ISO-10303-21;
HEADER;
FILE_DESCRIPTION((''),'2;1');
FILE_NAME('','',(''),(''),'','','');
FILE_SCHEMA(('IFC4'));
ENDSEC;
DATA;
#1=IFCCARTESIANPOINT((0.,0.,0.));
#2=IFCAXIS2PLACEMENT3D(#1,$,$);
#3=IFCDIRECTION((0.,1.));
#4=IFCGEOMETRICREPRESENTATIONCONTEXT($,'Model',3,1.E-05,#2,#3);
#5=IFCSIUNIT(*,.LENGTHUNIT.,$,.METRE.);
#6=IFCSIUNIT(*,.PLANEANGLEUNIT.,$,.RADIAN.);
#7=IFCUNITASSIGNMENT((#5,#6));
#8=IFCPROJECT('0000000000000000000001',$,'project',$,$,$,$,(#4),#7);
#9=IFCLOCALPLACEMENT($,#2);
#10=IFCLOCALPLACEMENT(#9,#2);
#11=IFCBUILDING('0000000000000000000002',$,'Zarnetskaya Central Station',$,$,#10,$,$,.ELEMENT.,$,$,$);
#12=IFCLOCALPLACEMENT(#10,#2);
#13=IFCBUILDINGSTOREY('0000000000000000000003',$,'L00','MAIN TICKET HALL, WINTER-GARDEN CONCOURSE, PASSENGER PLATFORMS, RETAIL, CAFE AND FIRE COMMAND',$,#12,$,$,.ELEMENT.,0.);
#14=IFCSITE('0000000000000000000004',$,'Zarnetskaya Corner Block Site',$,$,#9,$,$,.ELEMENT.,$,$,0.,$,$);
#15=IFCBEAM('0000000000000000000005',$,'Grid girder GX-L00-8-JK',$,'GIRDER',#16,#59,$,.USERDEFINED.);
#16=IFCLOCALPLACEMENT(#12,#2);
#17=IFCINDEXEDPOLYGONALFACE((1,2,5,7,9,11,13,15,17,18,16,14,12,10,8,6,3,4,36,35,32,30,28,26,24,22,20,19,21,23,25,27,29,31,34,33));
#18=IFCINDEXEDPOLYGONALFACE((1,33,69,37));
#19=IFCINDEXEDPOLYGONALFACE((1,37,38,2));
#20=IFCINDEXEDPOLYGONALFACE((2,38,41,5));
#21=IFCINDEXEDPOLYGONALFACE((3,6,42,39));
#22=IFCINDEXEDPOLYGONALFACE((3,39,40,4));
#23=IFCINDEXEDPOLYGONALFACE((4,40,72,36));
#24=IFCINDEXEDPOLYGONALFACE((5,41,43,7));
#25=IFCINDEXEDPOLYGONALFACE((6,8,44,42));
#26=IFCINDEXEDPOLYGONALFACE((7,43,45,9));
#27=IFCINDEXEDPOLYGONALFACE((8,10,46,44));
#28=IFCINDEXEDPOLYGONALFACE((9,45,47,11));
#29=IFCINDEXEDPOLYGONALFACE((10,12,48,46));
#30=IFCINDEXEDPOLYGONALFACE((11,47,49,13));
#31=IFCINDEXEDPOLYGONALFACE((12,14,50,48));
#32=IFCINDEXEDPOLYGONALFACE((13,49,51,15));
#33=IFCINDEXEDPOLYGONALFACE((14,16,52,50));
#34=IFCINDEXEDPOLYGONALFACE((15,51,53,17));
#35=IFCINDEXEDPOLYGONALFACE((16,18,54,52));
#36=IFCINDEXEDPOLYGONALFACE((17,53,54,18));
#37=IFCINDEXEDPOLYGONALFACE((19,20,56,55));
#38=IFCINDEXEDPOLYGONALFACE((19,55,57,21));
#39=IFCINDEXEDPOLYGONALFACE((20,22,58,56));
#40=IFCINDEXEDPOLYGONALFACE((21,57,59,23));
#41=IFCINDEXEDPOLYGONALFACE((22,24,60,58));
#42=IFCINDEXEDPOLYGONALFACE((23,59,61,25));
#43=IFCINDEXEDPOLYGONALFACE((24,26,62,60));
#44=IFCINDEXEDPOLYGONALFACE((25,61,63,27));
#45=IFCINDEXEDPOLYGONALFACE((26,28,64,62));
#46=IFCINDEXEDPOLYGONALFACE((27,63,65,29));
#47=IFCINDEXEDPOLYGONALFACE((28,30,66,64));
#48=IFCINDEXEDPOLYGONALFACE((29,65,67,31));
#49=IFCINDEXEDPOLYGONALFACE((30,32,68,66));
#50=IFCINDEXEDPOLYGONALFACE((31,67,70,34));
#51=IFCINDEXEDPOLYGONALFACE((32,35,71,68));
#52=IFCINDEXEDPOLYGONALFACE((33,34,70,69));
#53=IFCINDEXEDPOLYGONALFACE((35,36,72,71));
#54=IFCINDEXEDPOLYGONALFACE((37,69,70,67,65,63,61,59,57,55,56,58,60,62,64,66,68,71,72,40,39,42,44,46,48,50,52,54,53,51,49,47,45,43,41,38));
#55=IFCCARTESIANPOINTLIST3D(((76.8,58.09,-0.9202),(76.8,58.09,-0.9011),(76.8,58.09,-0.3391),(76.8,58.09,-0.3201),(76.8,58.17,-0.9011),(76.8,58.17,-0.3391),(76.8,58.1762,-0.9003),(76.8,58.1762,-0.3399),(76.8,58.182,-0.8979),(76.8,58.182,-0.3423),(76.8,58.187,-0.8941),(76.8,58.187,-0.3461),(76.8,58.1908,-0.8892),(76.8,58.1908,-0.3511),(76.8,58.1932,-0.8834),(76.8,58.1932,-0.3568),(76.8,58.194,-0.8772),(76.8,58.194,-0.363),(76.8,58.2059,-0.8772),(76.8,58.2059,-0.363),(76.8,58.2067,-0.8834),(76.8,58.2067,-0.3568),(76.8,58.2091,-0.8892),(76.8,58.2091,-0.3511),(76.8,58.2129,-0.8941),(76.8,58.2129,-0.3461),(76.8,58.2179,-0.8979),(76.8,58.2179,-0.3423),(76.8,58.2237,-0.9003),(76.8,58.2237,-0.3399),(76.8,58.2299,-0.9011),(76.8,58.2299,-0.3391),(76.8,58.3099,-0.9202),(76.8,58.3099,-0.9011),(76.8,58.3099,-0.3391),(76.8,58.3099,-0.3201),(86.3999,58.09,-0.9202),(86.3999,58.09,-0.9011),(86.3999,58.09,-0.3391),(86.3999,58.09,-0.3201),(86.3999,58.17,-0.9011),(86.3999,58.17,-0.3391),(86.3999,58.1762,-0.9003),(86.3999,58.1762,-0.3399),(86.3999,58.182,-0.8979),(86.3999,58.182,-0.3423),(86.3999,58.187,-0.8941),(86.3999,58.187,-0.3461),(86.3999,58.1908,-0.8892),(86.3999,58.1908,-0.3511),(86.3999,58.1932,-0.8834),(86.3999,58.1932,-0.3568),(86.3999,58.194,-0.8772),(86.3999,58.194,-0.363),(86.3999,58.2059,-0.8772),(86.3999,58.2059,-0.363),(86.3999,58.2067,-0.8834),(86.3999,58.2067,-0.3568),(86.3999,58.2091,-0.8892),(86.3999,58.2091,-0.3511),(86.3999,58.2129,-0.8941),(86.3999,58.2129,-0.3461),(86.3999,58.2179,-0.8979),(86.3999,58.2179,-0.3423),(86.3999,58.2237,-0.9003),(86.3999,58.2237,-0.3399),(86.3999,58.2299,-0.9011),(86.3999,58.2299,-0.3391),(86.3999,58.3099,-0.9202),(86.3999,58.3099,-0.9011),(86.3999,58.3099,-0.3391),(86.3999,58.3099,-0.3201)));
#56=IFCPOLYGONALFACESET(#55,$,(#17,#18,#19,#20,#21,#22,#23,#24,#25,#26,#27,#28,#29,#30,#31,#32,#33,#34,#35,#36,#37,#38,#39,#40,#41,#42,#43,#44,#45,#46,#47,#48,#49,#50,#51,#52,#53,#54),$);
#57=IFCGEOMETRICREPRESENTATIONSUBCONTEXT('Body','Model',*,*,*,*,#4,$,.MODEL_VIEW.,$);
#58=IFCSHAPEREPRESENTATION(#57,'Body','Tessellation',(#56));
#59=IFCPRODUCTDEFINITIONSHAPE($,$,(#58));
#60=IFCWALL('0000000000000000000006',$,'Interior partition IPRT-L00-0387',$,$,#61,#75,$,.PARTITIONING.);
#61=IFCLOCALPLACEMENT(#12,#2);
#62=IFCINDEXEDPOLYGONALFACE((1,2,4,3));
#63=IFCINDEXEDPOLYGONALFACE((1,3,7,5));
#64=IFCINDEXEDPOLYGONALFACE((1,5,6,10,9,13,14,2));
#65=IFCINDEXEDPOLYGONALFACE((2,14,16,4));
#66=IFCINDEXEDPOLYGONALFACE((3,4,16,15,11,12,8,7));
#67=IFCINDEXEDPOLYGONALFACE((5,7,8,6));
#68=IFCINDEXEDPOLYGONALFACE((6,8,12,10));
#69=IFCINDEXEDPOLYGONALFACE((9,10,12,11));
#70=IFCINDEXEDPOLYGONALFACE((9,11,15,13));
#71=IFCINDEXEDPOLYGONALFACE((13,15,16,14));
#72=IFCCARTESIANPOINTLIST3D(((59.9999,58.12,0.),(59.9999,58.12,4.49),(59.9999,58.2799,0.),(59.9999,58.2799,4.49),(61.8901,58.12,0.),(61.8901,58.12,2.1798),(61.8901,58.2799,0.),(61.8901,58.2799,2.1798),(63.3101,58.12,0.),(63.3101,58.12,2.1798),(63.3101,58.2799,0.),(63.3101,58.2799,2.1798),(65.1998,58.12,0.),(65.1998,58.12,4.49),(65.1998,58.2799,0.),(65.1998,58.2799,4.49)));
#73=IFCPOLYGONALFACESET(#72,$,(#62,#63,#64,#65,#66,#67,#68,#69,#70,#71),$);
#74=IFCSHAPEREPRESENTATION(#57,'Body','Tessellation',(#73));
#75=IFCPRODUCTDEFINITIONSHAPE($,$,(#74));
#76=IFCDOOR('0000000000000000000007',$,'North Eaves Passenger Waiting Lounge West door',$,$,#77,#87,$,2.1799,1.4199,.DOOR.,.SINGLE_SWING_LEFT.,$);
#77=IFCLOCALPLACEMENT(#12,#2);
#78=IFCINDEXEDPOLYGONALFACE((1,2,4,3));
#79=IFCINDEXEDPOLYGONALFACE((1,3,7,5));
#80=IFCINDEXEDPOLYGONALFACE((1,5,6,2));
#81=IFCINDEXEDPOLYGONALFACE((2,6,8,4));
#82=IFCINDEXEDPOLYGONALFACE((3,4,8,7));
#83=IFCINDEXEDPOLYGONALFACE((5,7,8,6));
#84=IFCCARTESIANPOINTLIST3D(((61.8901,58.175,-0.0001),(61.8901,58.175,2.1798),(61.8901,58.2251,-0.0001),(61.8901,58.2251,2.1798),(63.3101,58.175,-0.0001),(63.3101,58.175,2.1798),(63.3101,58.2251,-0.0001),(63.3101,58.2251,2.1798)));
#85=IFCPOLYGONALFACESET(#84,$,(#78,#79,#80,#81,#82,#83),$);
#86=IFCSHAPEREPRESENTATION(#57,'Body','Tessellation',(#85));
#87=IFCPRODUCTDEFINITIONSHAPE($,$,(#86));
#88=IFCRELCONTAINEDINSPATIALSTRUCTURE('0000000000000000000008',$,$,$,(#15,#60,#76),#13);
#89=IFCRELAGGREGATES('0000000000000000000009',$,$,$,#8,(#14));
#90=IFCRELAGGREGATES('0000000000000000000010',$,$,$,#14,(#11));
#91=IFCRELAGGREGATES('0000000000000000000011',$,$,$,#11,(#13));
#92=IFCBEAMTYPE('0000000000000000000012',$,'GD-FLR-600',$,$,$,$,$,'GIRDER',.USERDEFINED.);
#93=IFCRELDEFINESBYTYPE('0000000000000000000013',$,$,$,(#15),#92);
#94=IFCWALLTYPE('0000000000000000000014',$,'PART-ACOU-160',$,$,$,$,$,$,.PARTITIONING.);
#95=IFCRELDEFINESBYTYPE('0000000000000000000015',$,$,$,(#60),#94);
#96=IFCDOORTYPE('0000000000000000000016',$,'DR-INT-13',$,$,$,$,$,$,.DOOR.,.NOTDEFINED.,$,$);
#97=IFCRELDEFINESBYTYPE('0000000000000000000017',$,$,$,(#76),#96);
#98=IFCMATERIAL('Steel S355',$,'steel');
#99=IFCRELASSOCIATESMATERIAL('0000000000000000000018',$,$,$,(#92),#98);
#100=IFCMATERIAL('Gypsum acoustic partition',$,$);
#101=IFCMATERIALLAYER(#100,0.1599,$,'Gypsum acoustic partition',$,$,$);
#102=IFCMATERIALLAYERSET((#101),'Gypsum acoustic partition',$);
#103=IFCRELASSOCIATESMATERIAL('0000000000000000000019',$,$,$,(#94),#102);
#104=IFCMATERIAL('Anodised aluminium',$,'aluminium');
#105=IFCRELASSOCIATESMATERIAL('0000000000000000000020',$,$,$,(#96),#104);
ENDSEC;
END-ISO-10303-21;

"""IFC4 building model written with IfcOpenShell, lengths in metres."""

from ifc_helpers import new_model, si_unit, direction, frame, frame_2d, origin, origin_2d, place, context, subcontext, project, spatial, rectangle, i_section, extrude, material, layer, layer_set, material_profile, profile_set, type_object, element, fill, save


model = new_model("IFC4")

# Units and contexts
model_context = context("Model", 3, precision=1e-05, world=origin(), true_north=direction((0.0, 1.0)))
body_context = subcontext(model_context, "Body", "Model", "MODEL_VIEW")
ifc_project = project(units=[si_unit("LENGTHUNIT", "METRE"), si_unit("PLANEANGLEUNIT", "RADIAN")], contexts=[model_context])

# Site, building, storey
site_placement = place(None, origin())
site = spatial("IfcSite", under=ifc_project, at=site_placement, Name="Zarnetskaya Corner Block Site", CompositionType="ELEMENT", RefElevation=0.0)
building_placement = place(site_placement, origin())
building = spatial("IfcBuilding", under=site, at=building_placement, Name="Zarnetskaya Central Station", CompositionType="ELEMENT")
storey_placement = place(building_placement, origin())
storey = spatial("IfcBuildingStorey", under=building, at=storey_placement, Name="L00", Description="MAIN TICKET HALL, WINTER-GARDEN CONCOURSE, PASSENGER PLATFORMS, RETAIL, CAFE AND FIRE COMMAND", CompositionType="ELEMENT", Elevation=0.0)

# Shared definitions
ifc_material_1 = material(Name="Steel S355", Category="steel")

# Beam
ifc_material_profile_1 = material_profile(ifc_material_1, i_section(OverallWidth=0.22, OverallDepth=0.6001, WebThickness=0.012, FlangeThickness=0.019, FilletRadius=0.0239, at=origin_2d()), Name="IPE 600")
ifc_profile_set_1 = profile_set([ifc_material_profile_1], Name="Steel S355")
beam_type_1 = type_object("IfcBeamType", Name="GD-FLR-600", ElementType="GIRDER", PredefinedType="USERDEFINED", material=ifc_profile_set_1)
for number, where, z_axis, x_axis, name in (
    (1, (76.8, 58.2, -0.6201), (1.0, 0.0, 0.0), (0.0, 1.0, 0.0), "Grid girder GX-L00-8-JK"),
):
    element("IfcBeam", number, at=place(storey_placement, frame(where, z_axis=z_axis, x_axis=x_axis)), inside=storey, type_object=beam_type_1, Name=name, ObjectType="GIRDER", PredefinedType="USERDEFINED", context=body_context, shape_type="SweptSolid", body=[
        extrude(i_section(OverallWidth=0.22, OverallDepth=0.6001, WebThickness=0.012, FlangeThickness=0.019, FilletRadius=0.0239, at=origin_2d()), origin(), (0.0, 0.0, 1.0), 9.5999),
    ])

# Wall, opening, door
ifc_material_2 = material(Name="Gypsum acoustic partition")
ifc_layer_1 = layer(ifc_material_2, 0.1599, Name="Gypsum acoustic partition")
ifc_layer_set_1 = layer_set([ifc_layer_1], Name="Gypsum acoustic partition")
wall_type_1 = type_object("IfcWallType", Name="PART-ACOU-160", PredefinedType="PARTITIONING", material=ifc_layer_set_1)
wall_1_placement = place(storey_placement, frame((65.2, 58.2, 0.0), z_axis=(0.0, 0.0, 1.0), x_axis=(-1.0, 0.0, 0.0)))
wall_1 = element("IfcWall", 2, at=wall_1_placement, inside=storey, type_object=wall_type_1, Name="Interior partition IPRT-L00-0387", PredefinedType="PARTITIONING", context=body_context, shape_type="SweptSolid", body=[
    extrude(rectangle(XDim=5.2, YDim=0.1599, at=frame_2d((2.6001, 0.0))), origin(), (0.0, 0.0, 1.0), 4.49),
])
opening_1_placement = place(wall_1_placement, frame((1.8899, 0.0, 0.0)))
opening_1 = element("IfcOpeningElement", 3, at=opening_1_placement, cuts=wall_1, PredefinedType="OPENING", context=body_context, shape_type="SweptSolid", body=[
    extrude(rectangle(XDim=1.4199, YDim=2.1799, at=frame_2d((0.71, 1.0898))), frame((0.0, 0.0898, 0.0), z_axis=(0.0, -1.0, 0.0), x_axis=(1.0, 0.0, 0.0)), (0.0, 0.0, 1.0), 0.1799),
])
ifc_material_3 = material(Name="Anodised aluminium", Category="aluminium")
door_type_1 = type_object("IfcDoorType", Name="DR-INT-13", OperationType="NOTDEFINED", PredefinedType="DOOR", material=ifc_material_3)
door_1_placement = place(opening_1_placement, origin())
door_1 = element("IfcDoor", 4, at=door_1_placement, inside=storey, type_object=door_type_1, Name="North Eaves Passenger Waiting Lounge West door", OperationType="SINGLE_SWING_LEFT", OverallHeight=2.1799, OverallWidth=1.4199, PredefinedType="DOOR", context=body_context, shape_type="SweptSolid", body=[
    extrude(rectangle(XDim=1.4199, YDim=2.1799, at=frame_2d((0.71, 1.0898))), frame((0.0, 0.0249, 0.0), z_axis=(0.0, -1.0, 0.0), x_axis=(1.0, 0.0, 0.0)), (0.0, 0.0, 1.0), 0.05),
])
fill(opening_1, door_1)

save(model, "model.ifc")
